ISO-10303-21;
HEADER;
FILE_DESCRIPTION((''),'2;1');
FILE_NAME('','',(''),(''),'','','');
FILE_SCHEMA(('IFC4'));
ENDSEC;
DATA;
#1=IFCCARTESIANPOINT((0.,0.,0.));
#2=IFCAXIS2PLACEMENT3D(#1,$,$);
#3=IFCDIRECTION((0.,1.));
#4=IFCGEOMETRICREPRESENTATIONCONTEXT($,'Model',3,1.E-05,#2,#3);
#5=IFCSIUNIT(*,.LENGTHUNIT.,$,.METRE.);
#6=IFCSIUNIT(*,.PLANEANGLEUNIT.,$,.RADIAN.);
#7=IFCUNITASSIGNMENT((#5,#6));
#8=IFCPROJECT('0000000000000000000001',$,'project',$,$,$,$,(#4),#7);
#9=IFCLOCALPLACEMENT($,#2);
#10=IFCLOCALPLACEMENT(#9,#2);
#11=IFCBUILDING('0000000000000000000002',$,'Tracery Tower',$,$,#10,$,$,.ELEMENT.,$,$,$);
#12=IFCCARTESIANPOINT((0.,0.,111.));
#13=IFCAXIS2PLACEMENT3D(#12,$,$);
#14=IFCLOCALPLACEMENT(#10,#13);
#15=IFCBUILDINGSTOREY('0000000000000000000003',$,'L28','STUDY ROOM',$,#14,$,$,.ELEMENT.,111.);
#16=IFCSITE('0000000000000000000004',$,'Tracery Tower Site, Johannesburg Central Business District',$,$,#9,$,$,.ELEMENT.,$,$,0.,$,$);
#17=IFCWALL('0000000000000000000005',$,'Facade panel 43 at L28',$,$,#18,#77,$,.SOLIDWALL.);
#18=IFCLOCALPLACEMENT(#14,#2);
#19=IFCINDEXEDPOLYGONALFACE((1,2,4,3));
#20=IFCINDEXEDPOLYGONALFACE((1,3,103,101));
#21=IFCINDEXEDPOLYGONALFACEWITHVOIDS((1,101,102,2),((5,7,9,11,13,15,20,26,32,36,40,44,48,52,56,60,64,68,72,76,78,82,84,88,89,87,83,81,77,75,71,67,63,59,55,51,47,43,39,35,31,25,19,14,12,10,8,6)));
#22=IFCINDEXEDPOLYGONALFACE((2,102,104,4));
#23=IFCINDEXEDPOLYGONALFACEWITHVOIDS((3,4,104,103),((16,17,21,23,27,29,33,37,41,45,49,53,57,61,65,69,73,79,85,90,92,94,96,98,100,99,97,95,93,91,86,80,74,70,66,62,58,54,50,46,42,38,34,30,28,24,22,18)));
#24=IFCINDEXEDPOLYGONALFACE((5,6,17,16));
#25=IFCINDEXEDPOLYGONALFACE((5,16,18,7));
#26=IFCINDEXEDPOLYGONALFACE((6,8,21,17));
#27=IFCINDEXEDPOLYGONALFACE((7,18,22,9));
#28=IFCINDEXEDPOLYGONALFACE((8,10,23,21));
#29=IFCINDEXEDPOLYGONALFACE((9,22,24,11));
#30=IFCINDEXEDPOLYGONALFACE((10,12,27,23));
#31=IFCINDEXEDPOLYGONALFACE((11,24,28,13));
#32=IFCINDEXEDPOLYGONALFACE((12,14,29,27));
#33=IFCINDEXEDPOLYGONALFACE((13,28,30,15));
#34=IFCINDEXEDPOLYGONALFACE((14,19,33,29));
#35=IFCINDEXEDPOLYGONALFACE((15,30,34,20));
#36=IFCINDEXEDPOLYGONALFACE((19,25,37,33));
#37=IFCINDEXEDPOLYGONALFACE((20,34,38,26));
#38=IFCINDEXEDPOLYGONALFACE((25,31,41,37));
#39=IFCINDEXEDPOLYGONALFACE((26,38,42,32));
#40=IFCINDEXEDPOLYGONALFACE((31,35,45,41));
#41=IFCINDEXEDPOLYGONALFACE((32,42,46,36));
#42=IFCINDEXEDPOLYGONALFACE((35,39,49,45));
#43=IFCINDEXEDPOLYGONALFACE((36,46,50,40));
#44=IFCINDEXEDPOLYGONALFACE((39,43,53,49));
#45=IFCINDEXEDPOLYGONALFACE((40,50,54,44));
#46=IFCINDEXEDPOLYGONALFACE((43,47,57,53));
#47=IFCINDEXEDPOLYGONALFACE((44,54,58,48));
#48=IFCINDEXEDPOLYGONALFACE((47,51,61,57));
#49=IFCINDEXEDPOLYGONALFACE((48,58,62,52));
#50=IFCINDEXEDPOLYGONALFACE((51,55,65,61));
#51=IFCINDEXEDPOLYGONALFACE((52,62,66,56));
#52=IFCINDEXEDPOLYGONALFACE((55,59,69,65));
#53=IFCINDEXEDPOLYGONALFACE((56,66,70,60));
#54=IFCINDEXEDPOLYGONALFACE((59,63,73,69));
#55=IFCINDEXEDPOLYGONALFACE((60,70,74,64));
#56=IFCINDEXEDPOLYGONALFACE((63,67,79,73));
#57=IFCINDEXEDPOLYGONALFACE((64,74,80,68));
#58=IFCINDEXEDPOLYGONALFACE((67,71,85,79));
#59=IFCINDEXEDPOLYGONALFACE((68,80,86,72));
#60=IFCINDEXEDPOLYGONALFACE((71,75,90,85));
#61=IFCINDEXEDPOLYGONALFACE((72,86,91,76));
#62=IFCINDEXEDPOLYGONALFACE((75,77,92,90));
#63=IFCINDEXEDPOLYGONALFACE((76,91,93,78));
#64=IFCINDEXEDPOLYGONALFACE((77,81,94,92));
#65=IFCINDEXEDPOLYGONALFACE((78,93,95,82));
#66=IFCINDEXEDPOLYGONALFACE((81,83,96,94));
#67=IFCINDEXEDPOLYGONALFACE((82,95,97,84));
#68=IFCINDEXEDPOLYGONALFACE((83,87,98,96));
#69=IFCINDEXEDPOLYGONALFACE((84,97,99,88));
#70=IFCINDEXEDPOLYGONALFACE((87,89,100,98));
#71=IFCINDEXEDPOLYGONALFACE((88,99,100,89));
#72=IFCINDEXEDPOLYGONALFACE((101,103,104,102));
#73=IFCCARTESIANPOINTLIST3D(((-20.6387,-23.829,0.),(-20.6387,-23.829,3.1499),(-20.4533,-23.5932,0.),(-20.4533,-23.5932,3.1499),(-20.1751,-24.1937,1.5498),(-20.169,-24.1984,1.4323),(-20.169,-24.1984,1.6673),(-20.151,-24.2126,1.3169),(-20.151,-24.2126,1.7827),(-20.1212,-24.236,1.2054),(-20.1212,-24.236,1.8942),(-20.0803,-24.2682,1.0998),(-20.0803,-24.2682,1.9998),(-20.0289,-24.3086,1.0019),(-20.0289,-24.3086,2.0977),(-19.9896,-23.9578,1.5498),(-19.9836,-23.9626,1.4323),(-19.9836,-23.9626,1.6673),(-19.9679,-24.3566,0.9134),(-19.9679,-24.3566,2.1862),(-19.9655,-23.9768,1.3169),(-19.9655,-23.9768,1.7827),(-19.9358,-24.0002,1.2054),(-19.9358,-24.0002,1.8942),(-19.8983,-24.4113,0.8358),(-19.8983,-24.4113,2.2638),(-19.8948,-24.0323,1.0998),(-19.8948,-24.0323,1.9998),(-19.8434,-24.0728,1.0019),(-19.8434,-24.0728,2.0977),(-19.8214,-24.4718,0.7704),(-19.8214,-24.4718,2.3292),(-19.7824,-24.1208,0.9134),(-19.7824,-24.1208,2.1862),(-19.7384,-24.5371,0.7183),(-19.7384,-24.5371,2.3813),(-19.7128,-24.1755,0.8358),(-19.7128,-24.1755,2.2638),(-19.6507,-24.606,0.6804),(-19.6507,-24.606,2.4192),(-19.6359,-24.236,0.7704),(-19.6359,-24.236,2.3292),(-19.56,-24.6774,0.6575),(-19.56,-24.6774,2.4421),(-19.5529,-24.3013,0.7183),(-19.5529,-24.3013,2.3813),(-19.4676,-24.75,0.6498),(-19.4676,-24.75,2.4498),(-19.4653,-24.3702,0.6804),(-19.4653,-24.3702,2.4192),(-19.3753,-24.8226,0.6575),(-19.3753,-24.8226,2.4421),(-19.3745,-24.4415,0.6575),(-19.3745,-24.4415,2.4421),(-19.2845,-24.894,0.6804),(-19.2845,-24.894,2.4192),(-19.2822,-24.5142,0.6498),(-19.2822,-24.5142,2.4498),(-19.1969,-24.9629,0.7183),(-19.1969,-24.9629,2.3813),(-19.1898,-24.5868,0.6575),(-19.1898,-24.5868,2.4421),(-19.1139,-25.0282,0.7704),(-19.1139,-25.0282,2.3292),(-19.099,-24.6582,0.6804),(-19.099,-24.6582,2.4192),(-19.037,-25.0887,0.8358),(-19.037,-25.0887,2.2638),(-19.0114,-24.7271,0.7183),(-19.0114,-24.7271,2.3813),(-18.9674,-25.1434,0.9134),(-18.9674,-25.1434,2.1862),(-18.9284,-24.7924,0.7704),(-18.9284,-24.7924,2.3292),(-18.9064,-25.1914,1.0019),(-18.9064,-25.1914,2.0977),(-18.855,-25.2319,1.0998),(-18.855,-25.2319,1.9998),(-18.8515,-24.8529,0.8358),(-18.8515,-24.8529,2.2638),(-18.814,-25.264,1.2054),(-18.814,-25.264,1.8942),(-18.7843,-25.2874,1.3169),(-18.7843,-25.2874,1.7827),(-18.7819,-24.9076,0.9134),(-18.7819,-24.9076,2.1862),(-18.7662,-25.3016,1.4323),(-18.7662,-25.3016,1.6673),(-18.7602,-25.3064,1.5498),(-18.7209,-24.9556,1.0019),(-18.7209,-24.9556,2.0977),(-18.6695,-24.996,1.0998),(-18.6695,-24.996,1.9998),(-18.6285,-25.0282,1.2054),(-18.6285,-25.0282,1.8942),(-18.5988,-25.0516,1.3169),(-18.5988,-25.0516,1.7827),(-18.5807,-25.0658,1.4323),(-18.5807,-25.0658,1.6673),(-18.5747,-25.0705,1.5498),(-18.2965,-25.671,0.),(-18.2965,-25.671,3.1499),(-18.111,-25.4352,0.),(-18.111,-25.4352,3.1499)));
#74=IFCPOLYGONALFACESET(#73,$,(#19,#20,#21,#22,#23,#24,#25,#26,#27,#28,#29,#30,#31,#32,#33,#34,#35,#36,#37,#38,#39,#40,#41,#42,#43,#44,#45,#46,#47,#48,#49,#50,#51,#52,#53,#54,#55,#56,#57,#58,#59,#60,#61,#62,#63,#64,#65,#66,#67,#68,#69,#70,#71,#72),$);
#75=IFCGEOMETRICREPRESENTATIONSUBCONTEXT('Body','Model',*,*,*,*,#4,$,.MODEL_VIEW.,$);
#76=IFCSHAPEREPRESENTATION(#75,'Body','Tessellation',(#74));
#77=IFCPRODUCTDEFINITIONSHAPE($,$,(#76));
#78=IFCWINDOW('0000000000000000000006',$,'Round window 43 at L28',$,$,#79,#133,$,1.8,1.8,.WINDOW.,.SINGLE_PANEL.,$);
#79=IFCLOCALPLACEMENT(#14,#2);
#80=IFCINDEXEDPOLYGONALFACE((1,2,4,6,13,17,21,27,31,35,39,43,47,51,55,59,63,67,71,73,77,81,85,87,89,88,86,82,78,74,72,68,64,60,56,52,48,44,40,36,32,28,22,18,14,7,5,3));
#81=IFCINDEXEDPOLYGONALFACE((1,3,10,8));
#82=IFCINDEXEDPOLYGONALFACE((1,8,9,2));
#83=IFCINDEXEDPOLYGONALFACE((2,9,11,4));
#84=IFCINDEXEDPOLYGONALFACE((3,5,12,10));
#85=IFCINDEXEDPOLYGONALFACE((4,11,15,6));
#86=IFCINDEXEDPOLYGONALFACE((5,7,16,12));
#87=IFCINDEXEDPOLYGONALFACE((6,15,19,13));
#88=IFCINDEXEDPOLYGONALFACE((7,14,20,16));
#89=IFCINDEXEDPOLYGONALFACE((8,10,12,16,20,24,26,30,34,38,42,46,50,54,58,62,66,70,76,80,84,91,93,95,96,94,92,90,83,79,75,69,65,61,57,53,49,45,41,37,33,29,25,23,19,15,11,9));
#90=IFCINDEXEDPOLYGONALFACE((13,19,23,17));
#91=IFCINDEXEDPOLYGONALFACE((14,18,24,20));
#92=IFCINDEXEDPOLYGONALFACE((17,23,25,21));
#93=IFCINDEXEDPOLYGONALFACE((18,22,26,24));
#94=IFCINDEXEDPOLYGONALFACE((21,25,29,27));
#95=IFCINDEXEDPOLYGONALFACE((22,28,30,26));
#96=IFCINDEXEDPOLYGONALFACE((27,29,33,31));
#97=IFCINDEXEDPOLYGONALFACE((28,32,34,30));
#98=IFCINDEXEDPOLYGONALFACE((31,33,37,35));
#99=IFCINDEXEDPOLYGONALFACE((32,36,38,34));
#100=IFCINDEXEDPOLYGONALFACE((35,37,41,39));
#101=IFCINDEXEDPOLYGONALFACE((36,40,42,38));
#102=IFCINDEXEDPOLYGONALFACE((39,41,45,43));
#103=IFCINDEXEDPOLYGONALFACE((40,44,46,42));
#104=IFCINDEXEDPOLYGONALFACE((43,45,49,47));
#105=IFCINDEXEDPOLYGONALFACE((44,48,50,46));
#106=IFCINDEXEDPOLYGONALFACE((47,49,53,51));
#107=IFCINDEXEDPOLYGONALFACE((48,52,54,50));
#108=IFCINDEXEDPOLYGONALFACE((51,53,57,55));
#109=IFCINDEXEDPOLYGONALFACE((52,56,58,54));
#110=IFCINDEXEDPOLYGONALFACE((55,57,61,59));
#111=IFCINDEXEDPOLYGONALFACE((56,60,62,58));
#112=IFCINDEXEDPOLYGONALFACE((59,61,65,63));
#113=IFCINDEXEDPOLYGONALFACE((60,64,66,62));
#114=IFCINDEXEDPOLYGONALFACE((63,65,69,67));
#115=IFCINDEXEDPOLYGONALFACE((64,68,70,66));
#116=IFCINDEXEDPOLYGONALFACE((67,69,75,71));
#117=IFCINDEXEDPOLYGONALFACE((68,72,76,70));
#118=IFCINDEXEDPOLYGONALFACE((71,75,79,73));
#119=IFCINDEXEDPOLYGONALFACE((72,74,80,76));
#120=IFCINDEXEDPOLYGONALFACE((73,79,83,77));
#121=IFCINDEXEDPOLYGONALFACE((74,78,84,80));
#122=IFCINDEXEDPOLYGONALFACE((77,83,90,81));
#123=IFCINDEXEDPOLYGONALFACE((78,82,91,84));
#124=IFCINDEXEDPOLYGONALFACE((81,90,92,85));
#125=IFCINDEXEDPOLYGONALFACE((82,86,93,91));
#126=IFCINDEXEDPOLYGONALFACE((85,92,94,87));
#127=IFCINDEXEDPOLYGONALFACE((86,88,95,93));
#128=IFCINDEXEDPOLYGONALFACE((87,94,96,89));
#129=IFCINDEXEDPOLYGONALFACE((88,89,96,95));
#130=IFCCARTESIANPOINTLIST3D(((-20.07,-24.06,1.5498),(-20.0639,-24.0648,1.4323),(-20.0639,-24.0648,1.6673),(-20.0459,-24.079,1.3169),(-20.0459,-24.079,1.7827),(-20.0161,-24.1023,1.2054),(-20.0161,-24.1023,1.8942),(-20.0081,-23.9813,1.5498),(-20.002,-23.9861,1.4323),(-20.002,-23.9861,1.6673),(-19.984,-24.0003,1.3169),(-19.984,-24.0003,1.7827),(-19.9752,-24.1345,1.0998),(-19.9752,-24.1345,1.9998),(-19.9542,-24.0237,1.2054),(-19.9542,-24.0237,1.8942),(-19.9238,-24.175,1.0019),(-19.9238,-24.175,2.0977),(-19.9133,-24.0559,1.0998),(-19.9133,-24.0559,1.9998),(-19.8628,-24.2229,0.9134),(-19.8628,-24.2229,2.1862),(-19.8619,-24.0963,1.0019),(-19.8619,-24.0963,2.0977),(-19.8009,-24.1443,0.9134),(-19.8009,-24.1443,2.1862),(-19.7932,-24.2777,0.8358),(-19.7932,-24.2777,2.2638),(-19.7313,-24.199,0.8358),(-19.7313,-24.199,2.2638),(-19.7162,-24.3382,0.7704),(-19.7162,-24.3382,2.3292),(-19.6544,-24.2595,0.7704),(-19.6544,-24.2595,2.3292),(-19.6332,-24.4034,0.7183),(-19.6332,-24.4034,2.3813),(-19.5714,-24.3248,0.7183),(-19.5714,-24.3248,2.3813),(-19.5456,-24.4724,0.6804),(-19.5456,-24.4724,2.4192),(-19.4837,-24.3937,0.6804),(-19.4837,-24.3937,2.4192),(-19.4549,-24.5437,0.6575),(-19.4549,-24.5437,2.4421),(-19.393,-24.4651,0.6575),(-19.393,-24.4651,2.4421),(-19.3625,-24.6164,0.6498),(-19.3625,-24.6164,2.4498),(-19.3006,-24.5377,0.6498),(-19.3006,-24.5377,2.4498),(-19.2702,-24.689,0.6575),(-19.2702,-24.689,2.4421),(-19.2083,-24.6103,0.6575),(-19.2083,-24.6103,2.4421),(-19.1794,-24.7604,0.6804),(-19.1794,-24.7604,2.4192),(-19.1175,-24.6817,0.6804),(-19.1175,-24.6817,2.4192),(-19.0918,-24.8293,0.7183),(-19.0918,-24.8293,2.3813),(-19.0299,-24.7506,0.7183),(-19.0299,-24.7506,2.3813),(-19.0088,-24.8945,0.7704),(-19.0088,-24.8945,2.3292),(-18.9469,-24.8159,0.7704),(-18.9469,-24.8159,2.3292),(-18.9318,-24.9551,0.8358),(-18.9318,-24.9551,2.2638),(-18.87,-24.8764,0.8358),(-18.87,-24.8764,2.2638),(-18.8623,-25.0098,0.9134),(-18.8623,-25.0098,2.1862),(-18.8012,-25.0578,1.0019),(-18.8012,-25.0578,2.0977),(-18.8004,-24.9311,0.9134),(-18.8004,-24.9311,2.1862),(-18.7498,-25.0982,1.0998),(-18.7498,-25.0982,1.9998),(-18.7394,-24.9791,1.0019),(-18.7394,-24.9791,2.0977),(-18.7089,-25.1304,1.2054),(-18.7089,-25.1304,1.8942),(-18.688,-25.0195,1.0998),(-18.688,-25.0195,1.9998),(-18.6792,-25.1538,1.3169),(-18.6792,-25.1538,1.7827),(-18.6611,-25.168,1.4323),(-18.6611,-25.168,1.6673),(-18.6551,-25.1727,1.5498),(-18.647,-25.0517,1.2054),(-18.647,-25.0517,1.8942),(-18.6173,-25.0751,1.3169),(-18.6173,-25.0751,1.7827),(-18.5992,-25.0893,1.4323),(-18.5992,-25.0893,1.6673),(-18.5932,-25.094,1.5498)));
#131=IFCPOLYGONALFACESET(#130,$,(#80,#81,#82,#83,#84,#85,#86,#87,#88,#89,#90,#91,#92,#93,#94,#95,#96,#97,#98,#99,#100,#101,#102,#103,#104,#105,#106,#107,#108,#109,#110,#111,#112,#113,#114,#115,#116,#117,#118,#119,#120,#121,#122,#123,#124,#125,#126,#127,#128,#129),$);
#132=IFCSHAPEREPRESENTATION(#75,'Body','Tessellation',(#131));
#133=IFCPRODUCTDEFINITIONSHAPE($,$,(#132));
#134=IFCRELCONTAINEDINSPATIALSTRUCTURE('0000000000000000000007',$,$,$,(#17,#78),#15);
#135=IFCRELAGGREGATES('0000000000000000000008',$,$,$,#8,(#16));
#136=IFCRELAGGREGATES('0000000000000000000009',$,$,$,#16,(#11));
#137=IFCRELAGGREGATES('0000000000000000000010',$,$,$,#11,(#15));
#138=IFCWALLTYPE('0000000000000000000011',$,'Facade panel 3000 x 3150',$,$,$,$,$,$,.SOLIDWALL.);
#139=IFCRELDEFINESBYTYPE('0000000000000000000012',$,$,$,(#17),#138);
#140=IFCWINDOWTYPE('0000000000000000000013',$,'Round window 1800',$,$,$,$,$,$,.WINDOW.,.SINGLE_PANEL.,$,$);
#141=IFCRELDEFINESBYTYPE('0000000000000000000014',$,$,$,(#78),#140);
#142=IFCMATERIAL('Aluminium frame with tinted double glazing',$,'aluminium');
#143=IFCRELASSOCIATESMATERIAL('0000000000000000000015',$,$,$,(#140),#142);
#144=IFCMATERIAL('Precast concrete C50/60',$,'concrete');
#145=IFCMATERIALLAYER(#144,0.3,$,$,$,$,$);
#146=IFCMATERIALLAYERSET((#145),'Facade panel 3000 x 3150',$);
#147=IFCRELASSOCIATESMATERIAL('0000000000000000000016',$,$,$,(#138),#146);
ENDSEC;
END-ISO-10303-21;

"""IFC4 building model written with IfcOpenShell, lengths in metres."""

from ifc_helpers import new_model, si_unit, direction, frame, frame_2d, origin, origin_2d, place, context, subcontext, project, spatial, rectangle, circle, extrude, material, layer, layer_set, type_object, element, fill, save


model = new_model("IFC4")

# Units and contexts
model_context = context("Model", 3, precision=1e-05, world=origin(), true_north=direction((0.0, 1.0)))
body_context = subcontext(model_context, "Body", "Model", "MODEL_VIEW")
ifc_project = project(units=[si_unit("LENGTHUNIT", "METRE"), si_unit("PLANEANGLEUNIT", "RADIAN")], contexts=[model_context])

# Site, building, storey
site_placement = place(None, origin())
site = spatial("IfcSite", under=ifc_project, at=site_placement, Name="Tracery Tower Site, Johannesburg Central Business District", CompositionType="ELEMENT", RefElevation=0.0)
building_placement = place(site_placement, origin())
building = spatial("IfcBuilding", under=site, at=building_placement, Name="Tracery Tower", CompositionType="ELEMENT")
storey_placement = place(building_placement, frame((0.0, 0.0, 111.0)))
storey = spatial("IfcBuildingStorey", under=building, at=storey_placement, Name="L28", Description="STUDY ROOM", CompositionType="ELEMENT", Elevation=111.0)

# Wall, opening, window
ifc_material_1 = material(Name="Aluminium frame with tinted double glazing", Category="aluminium")
window_type = type_object("IfcWindowType", Name="Round window 1800", PartitioningType="SINGLE_PANEL", PredefinedType="WINDOW", material=ifc_material_1)
ifc_material_2 = material(Name="Precast concrete C50/60", Category="concrete")
ifc_layer_1 = layer(ifc_material_2, 0.3)
ifc_layer_set_1 = layer_set([ifc_layer_1], Name="Facade panel 3000 x 3150")
wall_type_1 = type_object("IfcWallType", Name="Facade panel 3000 x 3150", PredefinedType="SOLIDWALL", material=ifc_layer_set_1)
wall_1_placement = place(storey_placement, frame((-20.5459, -23.7112, 0.0), z_axis=(0.0, 0.0, 1.0), x_axis=(0.786045, -0.618169, 0.0)))
wall_1 = element("IfcWall", 1, at=wall_1_placement, inside=storey, type_object=wall_type_1, Name="Facade panel 43 at L28", PredefinedType="SOLIDWALL", context=body_context, shape_type="SweptSolid", body=[
    extrude(rectangle(XDim=2.9797, YDim=0.3, at=frame_2d((1.4897, 0.0))), origin(), (0.0, 0.0, 1.0), 3.1499),
])
opening_1_placement = place(wall_1_placement, frame((1.4897, 0.0, 1.5498)))
opening_1 = element("IfcOpeningElement", 2, at=opening_1_placement, cuts=wall_1, PredefinedType="OPENING", context=body_context, shape_type="SweptSolid", body=[
    extrude(circle(Radius=0.9, at=origin_2d()), frame((0.0, 0.1599, 0.0), z_axis=(0.0, -1.0, 0.0), x_axis=(1.0, 0.0, 0.0)), (0.0, 0.0, 1.0), 0.3201),
])
window_1_placement = place(opening_1_placement, origin())
window_1 = element("IfcWindow", 3, at=window_1_placement, inside=storey, type_object=window_type, Name="Round window 43 at L28", OverallHeight=1.8, OverallWidth=1.8, PartitioningType="SINGLE_PANEL", PredefinedType="WINDOW", context=body_context, shape_type="SweptSolid", body=[
    extrude(circle(Radius=0.9, at=origin_2d()), frame((0.0, 0.1201, 0.0), z_axis=(0.0, -1.0, 0.0), x_axis=(1.0, 0.0, 0.0)), (0.0, 0.0, 1.0), 0.1001),
])
fill(opening_1, window_1)

save(model, "model.ifc")
